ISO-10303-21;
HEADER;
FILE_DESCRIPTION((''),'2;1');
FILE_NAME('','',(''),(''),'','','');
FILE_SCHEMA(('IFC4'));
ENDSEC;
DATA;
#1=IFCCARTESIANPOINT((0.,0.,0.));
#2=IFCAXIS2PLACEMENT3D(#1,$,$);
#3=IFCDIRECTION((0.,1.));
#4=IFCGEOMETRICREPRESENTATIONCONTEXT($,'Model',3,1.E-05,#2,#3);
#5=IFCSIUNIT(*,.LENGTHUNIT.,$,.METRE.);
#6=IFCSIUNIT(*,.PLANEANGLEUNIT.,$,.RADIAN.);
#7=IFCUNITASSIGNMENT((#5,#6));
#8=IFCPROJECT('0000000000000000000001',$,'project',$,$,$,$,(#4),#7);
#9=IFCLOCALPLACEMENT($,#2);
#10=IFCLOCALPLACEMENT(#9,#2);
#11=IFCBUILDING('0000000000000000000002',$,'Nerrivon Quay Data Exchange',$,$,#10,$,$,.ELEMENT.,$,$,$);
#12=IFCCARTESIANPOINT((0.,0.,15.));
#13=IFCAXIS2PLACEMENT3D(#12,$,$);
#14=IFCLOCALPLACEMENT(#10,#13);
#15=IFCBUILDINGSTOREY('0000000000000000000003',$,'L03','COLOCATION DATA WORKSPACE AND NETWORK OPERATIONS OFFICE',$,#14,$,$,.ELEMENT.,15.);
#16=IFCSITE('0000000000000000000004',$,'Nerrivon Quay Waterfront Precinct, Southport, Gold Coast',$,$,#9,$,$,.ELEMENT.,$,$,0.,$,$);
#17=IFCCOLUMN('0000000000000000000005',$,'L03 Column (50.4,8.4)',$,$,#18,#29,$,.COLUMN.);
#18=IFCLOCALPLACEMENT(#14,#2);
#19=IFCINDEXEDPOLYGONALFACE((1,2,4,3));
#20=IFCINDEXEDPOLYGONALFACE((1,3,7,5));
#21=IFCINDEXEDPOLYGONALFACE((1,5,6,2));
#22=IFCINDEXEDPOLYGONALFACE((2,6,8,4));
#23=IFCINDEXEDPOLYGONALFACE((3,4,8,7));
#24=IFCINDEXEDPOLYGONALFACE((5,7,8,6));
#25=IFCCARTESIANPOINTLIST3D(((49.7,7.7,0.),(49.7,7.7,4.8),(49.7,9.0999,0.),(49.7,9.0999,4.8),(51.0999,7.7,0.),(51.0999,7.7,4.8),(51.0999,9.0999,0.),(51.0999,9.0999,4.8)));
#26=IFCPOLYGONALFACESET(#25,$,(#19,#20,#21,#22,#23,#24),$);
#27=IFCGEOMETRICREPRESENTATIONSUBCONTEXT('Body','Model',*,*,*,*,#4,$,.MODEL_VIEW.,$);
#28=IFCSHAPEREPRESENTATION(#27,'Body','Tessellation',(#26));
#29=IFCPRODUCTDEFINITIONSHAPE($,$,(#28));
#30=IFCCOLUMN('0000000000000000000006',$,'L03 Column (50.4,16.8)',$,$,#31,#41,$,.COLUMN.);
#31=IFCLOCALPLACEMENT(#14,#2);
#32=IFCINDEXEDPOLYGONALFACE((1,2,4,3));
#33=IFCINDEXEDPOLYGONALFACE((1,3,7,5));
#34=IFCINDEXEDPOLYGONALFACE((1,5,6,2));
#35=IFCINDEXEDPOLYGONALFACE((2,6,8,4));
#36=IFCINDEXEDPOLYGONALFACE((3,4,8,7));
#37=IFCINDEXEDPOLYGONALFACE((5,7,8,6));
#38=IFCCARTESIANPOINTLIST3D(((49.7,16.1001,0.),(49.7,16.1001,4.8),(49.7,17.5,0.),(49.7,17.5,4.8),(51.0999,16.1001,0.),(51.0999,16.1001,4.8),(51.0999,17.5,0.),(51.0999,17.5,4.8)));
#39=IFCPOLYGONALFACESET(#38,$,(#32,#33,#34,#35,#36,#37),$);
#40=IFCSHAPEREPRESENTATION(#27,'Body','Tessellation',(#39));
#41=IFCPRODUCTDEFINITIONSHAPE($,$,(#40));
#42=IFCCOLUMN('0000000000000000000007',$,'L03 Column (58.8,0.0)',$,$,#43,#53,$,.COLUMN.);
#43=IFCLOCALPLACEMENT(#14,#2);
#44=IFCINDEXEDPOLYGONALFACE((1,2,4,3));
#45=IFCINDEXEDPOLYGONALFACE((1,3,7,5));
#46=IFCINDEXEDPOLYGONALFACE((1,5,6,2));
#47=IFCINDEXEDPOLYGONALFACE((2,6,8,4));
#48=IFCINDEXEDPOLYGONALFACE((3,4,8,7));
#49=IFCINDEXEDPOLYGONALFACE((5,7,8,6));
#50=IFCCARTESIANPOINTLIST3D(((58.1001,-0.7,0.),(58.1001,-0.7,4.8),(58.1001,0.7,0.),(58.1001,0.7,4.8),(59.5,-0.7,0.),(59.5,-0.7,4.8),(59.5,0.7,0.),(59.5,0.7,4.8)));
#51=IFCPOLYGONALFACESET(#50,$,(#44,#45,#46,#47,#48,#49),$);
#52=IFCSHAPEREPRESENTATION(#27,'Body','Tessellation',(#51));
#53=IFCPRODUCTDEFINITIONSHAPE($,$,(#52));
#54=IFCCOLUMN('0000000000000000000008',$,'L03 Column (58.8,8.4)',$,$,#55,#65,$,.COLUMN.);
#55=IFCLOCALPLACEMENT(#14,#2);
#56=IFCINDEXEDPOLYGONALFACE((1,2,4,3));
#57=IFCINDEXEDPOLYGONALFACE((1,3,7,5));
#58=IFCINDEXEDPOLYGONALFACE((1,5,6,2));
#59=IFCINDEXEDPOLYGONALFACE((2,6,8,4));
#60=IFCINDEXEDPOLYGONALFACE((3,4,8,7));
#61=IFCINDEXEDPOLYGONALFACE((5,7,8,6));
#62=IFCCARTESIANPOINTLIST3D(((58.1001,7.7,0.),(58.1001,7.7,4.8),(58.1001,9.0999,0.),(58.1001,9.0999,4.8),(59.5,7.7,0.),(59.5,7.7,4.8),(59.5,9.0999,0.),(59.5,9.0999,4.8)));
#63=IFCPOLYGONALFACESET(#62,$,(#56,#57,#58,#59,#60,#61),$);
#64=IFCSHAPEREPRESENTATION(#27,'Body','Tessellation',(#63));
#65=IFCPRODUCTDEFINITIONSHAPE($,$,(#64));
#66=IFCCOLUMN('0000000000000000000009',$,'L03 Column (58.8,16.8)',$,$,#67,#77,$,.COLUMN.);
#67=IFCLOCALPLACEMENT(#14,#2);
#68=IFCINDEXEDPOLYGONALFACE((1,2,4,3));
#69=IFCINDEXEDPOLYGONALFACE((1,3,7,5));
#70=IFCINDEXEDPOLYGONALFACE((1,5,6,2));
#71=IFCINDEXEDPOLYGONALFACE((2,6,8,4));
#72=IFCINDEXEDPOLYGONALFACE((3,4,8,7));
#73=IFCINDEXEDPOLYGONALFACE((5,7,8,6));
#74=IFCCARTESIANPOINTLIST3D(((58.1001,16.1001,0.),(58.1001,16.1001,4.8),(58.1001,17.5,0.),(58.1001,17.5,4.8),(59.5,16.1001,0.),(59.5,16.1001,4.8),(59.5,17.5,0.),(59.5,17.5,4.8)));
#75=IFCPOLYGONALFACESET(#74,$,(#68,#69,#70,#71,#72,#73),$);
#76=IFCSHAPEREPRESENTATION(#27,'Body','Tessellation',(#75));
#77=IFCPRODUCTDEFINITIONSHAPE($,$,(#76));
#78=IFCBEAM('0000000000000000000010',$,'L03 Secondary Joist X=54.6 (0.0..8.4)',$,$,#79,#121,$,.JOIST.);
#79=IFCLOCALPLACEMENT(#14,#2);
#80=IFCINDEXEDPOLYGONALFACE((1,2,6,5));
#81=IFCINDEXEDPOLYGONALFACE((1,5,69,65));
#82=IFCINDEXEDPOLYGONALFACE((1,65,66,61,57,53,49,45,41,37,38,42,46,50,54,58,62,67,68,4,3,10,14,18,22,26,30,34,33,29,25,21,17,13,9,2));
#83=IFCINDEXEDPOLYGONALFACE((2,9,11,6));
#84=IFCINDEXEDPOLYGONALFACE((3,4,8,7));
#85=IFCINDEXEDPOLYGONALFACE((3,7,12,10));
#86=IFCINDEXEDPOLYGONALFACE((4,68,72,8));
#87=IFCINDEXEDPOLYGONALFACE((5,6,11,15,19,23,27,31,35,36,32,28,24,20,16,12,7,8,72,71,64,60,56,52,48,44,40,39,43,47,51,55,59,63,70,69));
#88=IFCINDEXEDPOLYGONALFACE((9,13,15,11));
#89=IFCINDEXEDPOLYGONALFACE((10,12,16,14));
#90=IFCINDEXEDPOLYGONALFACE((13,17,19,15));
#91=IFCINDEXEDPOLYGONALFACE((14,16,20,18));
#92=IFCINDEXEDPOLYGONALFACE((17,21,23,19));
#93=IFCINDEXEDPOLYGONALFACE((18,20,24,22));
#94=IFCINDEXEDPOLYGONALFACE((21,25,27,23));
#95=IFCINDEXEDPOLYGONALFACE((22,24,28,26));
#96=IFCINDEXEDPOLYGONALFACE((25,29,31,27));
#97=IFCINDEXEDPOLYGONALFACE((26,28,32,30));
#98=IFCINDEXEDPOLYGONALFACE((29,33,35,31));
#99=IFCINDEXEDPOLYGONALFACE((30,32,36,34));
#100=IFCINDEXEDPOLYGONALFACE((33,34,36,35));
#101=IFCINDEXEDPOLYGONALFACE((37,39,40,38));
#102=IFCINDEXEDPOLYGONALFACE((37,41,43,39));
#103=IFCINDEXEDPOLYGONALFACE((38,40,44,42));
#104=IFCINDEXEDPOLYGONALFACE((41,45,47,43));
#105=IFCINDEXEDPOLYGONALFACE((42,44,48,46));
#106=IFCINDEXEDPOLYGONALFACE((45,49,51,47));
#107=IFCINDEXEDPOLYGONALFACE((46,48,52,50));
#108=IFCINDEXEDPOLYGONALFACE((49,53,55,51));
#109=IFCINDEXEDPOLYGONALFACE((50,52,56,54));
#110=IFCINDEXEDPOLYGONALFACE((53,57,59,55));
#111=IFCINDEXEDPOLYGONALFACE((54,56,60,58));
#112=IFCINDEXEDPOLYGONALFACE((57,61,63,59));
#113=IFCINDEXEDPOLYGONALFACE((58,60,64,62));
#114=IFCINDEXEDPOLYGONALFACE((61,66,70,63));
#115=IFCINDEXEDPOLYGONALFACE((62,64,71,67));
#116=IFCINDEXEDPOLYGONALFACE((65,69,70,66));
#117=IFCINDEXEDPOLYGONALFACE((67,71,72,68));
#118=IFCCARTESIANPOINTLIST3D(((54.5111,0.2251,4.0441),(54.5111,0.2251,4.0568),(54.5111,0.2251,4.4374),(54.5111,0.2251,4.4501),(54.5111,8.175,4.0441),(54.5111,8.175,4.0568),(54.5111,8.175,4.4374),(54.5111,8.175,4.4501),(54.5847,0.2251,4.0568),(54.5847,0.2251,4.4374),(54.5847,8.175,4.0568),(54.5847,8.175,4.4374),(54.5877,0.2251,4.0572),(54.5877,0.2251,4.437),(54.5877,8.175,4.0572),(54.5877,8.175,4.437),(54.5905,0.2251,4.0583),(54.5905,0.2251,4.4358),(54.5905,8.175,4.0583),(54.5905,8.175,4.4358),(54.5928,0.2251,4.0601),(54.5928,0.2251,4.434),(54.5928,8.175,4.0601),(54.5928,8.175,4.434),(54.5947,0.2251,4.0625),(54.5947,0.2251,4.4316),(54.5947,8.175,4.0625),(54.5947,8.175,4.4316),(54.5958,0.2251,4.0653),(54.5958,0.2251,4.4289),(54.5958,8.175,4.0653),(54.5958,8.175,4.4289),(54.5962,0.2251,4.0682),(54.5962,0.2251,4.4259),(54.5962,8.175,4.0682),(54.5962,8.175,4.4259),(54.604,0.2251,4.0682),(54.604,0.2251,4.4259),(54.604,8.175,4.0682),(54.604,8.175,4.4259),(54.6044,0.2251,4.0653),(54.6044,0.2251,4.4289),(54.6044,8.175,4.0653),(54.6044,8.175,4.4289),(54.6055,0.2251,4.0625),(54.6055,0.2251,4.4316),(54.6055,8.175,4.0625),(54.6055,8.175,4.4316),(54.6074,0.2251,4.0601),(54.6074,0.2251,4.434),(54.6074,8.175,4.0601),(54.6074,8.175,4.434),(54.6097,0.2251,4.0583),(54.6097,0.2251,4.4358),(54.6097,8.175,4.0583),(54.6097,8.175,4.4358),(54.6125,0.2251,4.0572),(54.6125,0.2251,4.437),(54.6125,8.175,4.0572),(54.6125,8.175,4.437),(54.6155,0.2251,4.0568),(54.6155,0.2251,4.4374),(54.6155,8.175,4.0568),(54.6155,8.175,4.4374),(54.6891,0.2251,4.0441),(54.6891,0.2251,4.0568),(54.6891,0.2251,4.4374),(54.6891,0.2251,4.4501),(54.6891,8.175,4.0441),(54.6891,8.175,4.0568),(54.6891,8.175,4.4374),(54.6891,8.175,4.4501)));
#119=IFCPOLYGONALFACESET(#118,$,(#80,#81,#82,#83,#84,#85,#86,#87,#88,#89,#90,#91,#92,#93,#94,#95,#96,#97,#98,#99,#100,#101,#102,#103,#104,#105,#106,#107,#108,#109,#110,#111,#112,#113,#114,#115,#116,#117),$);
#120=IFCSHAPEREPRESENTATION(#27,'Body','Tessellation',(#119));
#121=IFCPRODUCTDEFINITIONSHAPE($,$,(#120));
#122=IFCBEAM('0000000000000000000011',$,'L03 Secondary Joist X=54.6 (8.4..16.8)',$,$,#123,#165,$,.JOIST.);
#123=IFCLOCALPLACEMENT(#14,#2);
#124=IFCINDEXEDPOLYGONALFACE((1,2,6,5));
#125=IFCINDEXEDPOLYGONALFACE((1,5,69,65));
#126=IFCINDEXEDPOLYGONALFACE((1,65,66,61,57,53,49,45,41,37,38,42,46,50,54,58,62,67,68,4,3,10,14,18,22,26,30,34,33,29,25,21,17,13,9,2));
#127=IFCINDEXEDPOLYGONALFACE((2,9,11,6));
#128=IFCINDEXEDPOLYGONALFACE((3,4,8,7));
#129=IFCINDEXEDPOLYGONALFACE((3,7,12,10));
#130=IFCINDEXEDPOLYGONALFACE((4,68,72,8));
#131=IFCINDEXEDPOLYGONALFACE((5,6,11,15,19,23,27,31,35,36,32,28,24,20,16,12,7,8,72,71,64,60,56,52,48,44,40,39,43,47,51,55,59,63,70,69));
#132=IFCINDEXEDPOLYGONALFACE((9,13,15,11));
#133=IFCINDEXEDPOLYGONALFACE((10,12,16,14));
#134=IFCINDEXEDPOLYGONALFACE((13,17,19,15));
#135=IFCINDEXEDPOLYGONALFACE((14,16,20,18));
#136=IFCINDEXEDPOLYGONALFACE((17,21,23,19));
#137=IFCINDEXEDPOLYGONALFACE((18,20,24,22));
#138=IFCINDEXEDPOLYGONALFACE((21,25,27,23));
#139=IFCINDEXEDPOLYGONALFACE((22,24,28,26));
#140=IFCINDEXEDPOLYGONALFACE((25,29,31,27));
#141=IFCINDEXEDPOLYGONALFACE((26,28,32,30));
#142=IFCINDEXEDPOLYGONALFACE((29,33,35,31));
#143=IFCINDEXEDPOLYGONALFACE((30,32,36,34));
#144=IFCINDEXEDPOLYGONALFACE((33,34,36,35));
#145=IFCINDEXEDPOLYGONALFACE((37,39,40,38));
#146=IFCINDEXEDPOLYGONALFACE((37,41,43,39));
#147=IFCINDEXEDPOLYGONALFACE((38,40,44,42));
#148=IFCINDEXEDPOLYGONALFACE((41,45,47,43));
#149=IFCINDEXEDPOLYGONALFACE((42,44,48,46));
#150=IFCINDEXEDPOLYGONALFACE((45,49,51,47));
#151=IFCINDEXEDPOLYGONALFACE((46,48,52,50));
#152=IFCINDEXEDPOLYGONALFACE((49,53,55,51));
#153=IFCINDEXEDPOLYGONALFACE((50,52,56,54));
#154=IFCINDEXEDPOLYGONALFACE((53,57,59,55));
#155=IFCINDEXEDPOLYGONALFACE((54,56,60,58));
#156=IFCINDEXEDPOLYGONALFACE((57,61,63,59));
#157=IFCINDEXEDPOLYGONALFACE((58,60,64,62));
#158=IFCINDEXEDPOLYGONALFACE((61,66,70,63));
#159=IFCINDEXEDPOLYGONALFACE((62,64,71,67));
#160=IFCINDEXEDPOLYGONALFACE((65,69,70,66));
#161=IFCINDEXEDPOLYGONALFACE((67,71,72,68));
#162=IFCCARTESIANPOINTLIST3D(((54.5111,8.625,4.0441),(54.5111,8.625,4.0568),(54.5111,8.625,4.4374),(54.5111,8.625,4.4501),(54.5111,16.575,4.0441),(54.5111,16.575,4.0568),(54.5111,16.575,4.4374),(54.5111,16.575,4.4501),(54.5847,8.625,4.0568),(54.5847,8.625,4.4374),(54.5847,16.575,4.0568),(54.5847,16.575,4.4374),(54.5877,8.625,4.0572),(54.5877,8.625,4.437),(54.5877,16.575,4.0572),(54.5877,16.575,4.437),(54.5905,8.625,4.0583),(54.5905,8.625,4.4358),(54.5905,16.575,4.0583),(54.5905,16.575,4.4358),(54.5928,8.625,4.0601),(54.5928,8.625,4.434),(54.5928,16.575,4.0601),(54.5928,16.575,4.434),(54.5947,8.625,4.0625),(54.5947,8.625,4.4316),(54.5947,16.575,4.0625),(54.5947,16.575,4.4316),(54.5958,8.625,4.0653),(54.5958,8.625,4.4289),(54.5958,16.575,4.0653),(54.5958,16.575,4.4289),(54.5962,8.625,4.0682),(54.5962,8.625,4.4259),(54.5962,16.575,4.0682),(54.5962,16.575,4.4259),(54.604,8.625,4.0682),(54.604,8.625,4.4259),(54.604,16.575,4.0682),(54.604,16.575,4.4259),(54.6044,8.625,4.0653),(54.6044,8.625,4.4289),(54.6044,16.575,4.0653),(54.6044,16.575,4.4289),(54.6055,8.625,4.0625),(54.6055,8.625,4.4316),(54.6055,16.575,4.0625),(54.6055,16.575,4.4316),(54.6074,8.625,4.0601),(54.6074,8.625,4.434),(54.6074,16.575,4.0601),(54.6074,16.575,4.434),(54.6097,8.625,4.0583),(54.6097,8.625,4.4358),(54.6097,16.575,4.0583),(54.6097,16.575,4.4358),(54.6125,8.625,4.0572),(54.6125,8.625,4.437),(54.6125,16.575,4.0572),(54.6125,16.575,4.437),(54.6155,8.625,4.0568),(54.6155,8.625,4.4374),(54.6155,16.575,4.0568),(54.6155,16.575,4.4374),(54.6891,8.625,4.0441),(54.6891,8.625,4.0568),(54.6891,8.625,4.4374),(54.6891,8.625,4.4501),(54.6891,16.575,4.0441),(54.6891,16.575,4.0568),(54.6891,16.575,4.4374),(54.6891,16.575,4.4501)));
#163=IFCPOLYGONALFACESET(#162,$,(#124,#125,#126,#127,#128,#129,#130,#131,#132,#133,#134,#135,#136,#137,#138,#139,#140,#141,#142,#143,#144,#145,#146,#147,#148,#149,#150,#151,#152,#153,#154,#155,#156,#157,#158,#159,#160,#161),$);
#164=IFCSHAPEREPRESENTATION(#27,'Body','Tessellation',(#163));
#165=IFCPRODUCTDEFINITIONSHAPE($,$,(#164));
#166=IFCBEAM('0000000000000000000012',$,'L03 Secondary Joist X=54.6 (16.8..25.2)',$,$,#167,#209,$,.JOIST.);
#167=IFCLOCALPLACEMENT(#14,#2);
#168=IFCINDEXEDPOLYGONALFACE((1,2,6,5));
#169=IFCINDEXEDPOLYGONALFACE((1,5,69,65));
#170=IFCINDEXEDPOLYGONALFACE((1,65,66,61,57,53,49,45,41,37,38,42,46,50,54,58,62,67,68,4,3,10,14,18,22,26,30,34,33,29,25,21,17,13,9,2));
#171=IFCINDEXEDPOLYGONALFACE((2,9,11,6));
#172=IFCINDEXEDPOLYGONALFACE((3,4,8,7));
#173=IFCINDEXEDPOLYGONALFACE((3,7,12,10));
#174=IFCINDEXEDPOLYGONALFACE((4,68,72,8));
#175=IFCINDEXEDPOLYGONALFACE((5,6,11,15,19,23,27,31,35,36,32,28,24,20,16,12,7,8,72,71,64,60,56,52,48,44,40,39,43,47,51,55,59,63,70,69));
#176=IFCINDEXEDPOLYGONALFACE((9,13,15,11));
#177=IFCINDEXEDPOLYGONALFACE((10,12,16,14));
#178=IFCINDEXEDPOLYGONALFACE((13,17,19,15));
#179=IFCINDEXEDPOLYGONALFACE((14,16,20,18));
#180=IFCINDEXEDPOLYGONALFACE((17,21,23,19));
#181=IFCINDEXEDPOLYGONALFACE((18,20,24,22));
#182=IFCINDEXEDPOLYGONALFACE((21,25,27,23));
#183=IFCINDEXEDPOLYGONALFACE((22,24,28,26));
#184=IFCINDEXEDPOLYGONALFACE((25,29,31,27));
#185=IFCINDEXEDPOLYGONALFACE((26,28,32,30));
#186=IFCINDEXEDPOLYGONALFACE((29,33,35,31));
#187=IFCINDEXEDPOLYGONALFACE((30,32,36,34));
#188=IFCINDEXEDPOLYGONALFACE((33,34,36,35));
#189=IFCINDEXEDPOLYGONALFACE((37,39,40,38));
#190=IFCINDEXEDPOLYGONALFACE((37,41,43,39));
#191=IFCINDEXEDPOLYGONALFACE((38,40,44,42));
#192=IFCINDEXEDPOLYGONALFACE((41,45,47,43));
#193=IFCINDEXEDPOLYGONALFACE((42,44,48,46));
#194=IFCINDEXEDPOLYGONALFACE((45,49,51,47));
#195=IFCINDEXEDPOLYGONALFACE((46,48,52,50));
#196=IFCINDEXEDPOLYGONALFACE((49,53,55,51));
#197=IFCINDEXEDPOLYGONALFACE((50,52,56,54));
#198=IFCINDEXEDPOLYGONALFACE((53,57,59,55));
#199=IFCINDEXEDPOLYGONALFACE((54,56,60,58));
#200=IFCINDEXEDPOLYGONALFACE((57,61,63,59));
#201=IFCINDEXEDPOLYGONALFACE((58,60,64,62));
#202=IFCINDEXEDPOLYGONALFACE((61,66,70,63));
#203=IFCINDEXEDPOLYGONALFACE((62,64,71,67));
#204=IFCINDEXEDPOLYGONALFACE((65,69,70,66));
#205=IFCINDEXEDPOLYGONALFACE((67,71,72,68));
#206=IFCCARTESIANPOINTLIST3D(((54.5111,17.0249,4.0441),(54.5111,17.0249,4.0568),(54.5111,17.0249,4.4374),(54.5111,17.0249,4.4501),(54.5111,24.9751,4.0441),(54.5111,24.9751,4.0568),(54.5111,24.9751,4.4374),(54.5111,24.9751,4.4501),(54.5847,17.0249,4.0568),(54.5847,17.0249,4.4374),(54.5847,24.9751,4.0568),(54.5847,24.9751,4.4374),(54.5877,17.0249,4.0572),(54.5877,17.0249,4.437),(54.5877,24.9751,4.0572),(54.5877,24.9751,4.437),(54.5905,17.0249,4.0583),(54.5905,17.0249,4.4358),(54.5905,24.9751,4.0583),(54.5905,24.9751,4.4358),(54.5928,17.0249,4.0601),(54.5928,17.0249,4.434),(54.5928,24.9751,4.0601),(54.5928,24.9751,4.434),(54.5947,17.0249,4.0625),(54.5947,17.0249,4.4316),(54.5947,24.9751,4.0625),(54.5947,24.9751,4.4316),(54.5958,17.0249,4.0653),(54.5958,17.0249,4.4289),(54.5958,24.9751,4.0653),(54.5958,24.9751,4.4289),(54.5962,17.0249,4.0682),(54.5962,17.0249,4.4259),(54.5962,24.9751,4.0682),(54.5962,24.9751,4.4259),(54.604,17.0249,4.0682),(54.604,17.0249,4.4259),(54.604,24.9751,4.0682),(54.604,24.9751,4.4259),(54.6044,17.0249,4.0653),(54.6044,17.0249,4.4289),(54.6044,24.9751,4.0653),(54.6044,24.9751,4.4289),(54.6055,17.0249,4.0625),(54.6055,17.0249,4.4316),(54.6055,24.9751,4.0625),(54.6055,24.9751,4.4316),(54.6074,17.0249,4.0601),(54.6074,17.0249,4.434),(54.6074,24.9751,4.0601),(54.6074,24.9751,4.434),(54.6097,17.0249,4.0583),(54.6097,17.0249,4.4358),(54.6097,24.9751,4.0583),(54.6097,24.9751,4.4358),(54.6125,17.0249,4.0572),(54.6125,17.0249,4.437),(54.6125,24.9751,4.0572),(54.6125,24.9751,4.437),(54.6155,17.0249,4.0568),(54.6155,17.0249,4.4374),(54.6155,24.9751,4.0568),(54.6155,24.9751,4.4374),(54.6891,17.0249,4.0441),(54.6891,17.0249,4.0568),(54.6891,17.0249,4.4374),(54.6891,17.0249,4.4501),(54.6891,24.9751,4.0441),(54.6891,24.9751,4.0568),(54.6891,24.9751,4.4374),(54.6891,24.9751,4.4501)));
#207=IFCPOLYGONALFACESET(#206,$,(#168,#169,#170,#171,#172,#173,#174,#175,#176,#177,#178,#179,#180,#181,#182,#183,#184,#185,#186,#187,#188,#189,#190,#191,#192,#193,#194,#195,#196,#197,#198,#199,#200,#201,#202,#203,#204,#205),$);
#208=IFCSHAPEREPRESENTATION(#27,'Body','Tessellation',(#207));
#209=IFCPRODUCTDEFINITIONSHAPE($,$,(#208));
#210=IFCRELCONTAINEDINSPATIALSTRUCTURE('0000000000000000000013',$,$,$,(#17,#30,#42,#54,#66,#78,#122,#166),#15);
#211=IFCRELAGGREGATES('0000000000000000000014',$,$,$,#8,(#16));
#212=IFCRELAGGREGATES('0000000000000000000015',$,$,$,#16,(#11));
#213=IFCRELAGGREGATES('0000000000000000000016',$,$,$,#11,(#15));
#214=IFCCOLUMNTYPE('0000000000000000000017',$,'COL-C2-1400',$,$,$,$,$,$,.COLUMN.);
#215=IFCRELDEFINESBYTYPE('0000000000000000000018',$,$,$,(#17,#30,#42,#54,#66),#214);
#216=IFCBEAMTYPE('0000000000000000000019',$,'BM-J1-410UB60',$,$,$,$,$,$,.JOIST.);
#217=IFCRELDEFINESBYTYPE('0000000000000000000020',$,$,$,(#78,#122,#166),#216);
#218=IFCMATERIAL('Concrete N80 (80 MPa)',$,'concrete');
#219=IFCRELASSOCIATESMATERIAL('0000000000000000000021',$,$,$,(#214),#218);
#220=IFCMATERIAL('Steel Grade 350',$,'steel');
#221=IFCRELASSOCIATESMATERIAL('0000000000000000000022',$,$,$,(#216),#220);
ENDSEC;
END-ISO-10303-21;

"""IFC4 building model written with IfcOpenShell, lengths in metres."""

from ifc_helpers import new_model, si_unit, direction, frame, origin, origin_2d, place, context, subcontext, project, spatial, rectangle, i_section, extrude, material, material_profile, profile_set, type_object, element, save


model = new_model("IFC4")

# Units and contexts
model_context = context("Model", 3, precision=1e-05, world=origin(), true_north=direction((0.0, 1.0)))
body_context = subcontext(model_context, "Body", "Model", "MODEL_VIEW")
ifc_project = project(units=[si_unit("LENGTHUNIT", "METRE"), si_unit("PLANEANGLEUNIT", "RADIAN")], contexts=[model_context])

# Site, building, storey
site_placement = place(None, origin())
site = spatial("IfcSite", under=ifc_project, at=site_placement, Name="Nerrivon Quay Waterfront Precinct, Southport, Gold Coast", CompositionType="ELEMENT", RefElevation=0.0)
building_placement = place(site_placement, origin())
building = spatial("IfcBuilding", under=site, at=building_placement, Name="Nerrivon Quay Data Exchange", CompositionType="ELEMENT")
storey_placement = place(building_placement, frame((0.0, 0.0, 15.0)))
storey = spatial("IfcBuildingStorey", under=building, at=storey_placement, Name="L03", Description="COLOCATION DATA WORKSPACE AND NETWORK OPERATIONS OFFICE", CompositionType="ELEMENT", Elevation=15.0)

# Columns
ifc_material_1 = material(Name="Concrete N80 (80 MPa)", Category="concrete")
ifc_material_profile_1 = material_profile(ifc_material_1, rectangle(XDim=1.3999, YDim=1.3999, at=origin_2d()), Name="RC-COL-1400x1400")
ifc_profile_set_1 = profile_set([ifc_material_profile_1], Name="Concrete N80 (80 MPa)")
column_type = type_object("IfcColumnType", Name="COL-C2-1400", PredefinedType="COLUMN", material=ifc_profile_set_1)
for number, where, z_axis, x_axis, name in (
    (1, (50.3999, 8.3999, 0.0), (0.0, 0.0, 1.0), (1.0, 0.0, 0.0), "L03 Column (50.4,8.4)"),
    (2, (50.3999, 16.8, 0.0), (0.0, 0.0, 1.0), (1.0, 0.0, 0.0), "L03 Column (50.4,16.8)"),
    (3, (58.8, 0.0, 0.0), (0.0, 0.0, 1.0), (1.0, 0.0, 0.0), "L03 Column (58.8,0.0)"),
    (4, (58.8, 8.3999, 0.0), (0.0, 0.0, 1.0), (1.0, 0.0, 0.0), "L03 Column (58.8,8.4)"),
    (5, (58.8, 16.8, 0.0), (0.0, 0.0, 1.0), (1.0, 0.0, 0.0), "L03 Column (58.8,16.8)"),
):
    element("IfcColumn", number, at=place(storey_placement, frame(where, z_axis=z_axis, x_axis=x_axis)), inside=storey, type_object=column_type, Name=name, PredefinedType="COLUMN", context=body_context, shape_type="SweptSolid", body=[
        extrude(rectangle(XDim=1.3999, YDim=1.3999, at=origin_2d()), origin(), (0.0, 0.0, 1.0), 4.8),
    ])

# Beams
ifc_material_2 = material(Name="Steel Grade 350", Category="steel")
ifc_material_profile_2 = material_profile(ifc_material_2, i_section(OverallWidth=0.178, OverallDepth=0.406, WebThickness=0.0078, FlangeThickness=0.0127, FilletRadius=0.0115, at=origin_2d()), Name="410UB59.7")
ifc_profile_set_2 = profile_set([ifc_material_profile_2], Name="Steel Grade 350")
beam_type_1 = type_object("IfcBeamType", Name="BM-J1-410UB60", PredefinedType="JOIST", material=ifc_profile_set_2)
for number, where, z_axis, x_axis, name in (
    (6, (54.6001, 0.2251, 4.2471), (0.0, 1.0, 0.0), (-1.0, 0.0, 0.0), "L03 Secondary Joist X=54.6 (0.0..8.4)"),
    (7, (54.6001, 8.625, 4.2471), (0.0, 1.0, 0.0), (-1.0, 0.0, 0.0), "L03 Secondary Joist X=54.6 (8.4..16.8)"),
):
    element("IfcBeam", number, at=place(storey_placement, frame(where, z_axis=z_axis, x_axis=x_axis)), inside=storey, type_object=beam_type_1, Name=name, PredefinedType="JOIST", context=body_context, shape_type="SweptSolid", body=[
        extrude(i_section(OverallWidth=0.178, OverallDepth=0.406, WebThickness=0.0078, FlangeThickness=0.0127, FilletRadius=0.0115, at=origin_2d()), origin(), (0.0, 0.0, 1.0), 7.95),
    ])
beam_1_placement = place(storey_placement, frame((54.6001, 17.0249, 4.2471), z_axis=(0.0, 1.0, 0.0), x_axis=(-1.0, 0.0, 0.0)))
element("IfcBeam", 8, at=beam_1_placement, inside=storey, type_object=beam_type_1, Name="L03 Secondary Joist X=54.6 (16.8..25.2)", PredefinedType="JOIST", context=body_context, shape_type="SweptSolid", body=[
    extrude(i_section(OverallWidth=0.178, OverallDepth=0.406, WebThickness=0.0078, FlangeThickness=0.0127, FilletRadius=0.0115, at=origin_2d()), origin(), (0.0, 0.0, 1.0), 7.9502),
])

save(model, "model.ifc")
